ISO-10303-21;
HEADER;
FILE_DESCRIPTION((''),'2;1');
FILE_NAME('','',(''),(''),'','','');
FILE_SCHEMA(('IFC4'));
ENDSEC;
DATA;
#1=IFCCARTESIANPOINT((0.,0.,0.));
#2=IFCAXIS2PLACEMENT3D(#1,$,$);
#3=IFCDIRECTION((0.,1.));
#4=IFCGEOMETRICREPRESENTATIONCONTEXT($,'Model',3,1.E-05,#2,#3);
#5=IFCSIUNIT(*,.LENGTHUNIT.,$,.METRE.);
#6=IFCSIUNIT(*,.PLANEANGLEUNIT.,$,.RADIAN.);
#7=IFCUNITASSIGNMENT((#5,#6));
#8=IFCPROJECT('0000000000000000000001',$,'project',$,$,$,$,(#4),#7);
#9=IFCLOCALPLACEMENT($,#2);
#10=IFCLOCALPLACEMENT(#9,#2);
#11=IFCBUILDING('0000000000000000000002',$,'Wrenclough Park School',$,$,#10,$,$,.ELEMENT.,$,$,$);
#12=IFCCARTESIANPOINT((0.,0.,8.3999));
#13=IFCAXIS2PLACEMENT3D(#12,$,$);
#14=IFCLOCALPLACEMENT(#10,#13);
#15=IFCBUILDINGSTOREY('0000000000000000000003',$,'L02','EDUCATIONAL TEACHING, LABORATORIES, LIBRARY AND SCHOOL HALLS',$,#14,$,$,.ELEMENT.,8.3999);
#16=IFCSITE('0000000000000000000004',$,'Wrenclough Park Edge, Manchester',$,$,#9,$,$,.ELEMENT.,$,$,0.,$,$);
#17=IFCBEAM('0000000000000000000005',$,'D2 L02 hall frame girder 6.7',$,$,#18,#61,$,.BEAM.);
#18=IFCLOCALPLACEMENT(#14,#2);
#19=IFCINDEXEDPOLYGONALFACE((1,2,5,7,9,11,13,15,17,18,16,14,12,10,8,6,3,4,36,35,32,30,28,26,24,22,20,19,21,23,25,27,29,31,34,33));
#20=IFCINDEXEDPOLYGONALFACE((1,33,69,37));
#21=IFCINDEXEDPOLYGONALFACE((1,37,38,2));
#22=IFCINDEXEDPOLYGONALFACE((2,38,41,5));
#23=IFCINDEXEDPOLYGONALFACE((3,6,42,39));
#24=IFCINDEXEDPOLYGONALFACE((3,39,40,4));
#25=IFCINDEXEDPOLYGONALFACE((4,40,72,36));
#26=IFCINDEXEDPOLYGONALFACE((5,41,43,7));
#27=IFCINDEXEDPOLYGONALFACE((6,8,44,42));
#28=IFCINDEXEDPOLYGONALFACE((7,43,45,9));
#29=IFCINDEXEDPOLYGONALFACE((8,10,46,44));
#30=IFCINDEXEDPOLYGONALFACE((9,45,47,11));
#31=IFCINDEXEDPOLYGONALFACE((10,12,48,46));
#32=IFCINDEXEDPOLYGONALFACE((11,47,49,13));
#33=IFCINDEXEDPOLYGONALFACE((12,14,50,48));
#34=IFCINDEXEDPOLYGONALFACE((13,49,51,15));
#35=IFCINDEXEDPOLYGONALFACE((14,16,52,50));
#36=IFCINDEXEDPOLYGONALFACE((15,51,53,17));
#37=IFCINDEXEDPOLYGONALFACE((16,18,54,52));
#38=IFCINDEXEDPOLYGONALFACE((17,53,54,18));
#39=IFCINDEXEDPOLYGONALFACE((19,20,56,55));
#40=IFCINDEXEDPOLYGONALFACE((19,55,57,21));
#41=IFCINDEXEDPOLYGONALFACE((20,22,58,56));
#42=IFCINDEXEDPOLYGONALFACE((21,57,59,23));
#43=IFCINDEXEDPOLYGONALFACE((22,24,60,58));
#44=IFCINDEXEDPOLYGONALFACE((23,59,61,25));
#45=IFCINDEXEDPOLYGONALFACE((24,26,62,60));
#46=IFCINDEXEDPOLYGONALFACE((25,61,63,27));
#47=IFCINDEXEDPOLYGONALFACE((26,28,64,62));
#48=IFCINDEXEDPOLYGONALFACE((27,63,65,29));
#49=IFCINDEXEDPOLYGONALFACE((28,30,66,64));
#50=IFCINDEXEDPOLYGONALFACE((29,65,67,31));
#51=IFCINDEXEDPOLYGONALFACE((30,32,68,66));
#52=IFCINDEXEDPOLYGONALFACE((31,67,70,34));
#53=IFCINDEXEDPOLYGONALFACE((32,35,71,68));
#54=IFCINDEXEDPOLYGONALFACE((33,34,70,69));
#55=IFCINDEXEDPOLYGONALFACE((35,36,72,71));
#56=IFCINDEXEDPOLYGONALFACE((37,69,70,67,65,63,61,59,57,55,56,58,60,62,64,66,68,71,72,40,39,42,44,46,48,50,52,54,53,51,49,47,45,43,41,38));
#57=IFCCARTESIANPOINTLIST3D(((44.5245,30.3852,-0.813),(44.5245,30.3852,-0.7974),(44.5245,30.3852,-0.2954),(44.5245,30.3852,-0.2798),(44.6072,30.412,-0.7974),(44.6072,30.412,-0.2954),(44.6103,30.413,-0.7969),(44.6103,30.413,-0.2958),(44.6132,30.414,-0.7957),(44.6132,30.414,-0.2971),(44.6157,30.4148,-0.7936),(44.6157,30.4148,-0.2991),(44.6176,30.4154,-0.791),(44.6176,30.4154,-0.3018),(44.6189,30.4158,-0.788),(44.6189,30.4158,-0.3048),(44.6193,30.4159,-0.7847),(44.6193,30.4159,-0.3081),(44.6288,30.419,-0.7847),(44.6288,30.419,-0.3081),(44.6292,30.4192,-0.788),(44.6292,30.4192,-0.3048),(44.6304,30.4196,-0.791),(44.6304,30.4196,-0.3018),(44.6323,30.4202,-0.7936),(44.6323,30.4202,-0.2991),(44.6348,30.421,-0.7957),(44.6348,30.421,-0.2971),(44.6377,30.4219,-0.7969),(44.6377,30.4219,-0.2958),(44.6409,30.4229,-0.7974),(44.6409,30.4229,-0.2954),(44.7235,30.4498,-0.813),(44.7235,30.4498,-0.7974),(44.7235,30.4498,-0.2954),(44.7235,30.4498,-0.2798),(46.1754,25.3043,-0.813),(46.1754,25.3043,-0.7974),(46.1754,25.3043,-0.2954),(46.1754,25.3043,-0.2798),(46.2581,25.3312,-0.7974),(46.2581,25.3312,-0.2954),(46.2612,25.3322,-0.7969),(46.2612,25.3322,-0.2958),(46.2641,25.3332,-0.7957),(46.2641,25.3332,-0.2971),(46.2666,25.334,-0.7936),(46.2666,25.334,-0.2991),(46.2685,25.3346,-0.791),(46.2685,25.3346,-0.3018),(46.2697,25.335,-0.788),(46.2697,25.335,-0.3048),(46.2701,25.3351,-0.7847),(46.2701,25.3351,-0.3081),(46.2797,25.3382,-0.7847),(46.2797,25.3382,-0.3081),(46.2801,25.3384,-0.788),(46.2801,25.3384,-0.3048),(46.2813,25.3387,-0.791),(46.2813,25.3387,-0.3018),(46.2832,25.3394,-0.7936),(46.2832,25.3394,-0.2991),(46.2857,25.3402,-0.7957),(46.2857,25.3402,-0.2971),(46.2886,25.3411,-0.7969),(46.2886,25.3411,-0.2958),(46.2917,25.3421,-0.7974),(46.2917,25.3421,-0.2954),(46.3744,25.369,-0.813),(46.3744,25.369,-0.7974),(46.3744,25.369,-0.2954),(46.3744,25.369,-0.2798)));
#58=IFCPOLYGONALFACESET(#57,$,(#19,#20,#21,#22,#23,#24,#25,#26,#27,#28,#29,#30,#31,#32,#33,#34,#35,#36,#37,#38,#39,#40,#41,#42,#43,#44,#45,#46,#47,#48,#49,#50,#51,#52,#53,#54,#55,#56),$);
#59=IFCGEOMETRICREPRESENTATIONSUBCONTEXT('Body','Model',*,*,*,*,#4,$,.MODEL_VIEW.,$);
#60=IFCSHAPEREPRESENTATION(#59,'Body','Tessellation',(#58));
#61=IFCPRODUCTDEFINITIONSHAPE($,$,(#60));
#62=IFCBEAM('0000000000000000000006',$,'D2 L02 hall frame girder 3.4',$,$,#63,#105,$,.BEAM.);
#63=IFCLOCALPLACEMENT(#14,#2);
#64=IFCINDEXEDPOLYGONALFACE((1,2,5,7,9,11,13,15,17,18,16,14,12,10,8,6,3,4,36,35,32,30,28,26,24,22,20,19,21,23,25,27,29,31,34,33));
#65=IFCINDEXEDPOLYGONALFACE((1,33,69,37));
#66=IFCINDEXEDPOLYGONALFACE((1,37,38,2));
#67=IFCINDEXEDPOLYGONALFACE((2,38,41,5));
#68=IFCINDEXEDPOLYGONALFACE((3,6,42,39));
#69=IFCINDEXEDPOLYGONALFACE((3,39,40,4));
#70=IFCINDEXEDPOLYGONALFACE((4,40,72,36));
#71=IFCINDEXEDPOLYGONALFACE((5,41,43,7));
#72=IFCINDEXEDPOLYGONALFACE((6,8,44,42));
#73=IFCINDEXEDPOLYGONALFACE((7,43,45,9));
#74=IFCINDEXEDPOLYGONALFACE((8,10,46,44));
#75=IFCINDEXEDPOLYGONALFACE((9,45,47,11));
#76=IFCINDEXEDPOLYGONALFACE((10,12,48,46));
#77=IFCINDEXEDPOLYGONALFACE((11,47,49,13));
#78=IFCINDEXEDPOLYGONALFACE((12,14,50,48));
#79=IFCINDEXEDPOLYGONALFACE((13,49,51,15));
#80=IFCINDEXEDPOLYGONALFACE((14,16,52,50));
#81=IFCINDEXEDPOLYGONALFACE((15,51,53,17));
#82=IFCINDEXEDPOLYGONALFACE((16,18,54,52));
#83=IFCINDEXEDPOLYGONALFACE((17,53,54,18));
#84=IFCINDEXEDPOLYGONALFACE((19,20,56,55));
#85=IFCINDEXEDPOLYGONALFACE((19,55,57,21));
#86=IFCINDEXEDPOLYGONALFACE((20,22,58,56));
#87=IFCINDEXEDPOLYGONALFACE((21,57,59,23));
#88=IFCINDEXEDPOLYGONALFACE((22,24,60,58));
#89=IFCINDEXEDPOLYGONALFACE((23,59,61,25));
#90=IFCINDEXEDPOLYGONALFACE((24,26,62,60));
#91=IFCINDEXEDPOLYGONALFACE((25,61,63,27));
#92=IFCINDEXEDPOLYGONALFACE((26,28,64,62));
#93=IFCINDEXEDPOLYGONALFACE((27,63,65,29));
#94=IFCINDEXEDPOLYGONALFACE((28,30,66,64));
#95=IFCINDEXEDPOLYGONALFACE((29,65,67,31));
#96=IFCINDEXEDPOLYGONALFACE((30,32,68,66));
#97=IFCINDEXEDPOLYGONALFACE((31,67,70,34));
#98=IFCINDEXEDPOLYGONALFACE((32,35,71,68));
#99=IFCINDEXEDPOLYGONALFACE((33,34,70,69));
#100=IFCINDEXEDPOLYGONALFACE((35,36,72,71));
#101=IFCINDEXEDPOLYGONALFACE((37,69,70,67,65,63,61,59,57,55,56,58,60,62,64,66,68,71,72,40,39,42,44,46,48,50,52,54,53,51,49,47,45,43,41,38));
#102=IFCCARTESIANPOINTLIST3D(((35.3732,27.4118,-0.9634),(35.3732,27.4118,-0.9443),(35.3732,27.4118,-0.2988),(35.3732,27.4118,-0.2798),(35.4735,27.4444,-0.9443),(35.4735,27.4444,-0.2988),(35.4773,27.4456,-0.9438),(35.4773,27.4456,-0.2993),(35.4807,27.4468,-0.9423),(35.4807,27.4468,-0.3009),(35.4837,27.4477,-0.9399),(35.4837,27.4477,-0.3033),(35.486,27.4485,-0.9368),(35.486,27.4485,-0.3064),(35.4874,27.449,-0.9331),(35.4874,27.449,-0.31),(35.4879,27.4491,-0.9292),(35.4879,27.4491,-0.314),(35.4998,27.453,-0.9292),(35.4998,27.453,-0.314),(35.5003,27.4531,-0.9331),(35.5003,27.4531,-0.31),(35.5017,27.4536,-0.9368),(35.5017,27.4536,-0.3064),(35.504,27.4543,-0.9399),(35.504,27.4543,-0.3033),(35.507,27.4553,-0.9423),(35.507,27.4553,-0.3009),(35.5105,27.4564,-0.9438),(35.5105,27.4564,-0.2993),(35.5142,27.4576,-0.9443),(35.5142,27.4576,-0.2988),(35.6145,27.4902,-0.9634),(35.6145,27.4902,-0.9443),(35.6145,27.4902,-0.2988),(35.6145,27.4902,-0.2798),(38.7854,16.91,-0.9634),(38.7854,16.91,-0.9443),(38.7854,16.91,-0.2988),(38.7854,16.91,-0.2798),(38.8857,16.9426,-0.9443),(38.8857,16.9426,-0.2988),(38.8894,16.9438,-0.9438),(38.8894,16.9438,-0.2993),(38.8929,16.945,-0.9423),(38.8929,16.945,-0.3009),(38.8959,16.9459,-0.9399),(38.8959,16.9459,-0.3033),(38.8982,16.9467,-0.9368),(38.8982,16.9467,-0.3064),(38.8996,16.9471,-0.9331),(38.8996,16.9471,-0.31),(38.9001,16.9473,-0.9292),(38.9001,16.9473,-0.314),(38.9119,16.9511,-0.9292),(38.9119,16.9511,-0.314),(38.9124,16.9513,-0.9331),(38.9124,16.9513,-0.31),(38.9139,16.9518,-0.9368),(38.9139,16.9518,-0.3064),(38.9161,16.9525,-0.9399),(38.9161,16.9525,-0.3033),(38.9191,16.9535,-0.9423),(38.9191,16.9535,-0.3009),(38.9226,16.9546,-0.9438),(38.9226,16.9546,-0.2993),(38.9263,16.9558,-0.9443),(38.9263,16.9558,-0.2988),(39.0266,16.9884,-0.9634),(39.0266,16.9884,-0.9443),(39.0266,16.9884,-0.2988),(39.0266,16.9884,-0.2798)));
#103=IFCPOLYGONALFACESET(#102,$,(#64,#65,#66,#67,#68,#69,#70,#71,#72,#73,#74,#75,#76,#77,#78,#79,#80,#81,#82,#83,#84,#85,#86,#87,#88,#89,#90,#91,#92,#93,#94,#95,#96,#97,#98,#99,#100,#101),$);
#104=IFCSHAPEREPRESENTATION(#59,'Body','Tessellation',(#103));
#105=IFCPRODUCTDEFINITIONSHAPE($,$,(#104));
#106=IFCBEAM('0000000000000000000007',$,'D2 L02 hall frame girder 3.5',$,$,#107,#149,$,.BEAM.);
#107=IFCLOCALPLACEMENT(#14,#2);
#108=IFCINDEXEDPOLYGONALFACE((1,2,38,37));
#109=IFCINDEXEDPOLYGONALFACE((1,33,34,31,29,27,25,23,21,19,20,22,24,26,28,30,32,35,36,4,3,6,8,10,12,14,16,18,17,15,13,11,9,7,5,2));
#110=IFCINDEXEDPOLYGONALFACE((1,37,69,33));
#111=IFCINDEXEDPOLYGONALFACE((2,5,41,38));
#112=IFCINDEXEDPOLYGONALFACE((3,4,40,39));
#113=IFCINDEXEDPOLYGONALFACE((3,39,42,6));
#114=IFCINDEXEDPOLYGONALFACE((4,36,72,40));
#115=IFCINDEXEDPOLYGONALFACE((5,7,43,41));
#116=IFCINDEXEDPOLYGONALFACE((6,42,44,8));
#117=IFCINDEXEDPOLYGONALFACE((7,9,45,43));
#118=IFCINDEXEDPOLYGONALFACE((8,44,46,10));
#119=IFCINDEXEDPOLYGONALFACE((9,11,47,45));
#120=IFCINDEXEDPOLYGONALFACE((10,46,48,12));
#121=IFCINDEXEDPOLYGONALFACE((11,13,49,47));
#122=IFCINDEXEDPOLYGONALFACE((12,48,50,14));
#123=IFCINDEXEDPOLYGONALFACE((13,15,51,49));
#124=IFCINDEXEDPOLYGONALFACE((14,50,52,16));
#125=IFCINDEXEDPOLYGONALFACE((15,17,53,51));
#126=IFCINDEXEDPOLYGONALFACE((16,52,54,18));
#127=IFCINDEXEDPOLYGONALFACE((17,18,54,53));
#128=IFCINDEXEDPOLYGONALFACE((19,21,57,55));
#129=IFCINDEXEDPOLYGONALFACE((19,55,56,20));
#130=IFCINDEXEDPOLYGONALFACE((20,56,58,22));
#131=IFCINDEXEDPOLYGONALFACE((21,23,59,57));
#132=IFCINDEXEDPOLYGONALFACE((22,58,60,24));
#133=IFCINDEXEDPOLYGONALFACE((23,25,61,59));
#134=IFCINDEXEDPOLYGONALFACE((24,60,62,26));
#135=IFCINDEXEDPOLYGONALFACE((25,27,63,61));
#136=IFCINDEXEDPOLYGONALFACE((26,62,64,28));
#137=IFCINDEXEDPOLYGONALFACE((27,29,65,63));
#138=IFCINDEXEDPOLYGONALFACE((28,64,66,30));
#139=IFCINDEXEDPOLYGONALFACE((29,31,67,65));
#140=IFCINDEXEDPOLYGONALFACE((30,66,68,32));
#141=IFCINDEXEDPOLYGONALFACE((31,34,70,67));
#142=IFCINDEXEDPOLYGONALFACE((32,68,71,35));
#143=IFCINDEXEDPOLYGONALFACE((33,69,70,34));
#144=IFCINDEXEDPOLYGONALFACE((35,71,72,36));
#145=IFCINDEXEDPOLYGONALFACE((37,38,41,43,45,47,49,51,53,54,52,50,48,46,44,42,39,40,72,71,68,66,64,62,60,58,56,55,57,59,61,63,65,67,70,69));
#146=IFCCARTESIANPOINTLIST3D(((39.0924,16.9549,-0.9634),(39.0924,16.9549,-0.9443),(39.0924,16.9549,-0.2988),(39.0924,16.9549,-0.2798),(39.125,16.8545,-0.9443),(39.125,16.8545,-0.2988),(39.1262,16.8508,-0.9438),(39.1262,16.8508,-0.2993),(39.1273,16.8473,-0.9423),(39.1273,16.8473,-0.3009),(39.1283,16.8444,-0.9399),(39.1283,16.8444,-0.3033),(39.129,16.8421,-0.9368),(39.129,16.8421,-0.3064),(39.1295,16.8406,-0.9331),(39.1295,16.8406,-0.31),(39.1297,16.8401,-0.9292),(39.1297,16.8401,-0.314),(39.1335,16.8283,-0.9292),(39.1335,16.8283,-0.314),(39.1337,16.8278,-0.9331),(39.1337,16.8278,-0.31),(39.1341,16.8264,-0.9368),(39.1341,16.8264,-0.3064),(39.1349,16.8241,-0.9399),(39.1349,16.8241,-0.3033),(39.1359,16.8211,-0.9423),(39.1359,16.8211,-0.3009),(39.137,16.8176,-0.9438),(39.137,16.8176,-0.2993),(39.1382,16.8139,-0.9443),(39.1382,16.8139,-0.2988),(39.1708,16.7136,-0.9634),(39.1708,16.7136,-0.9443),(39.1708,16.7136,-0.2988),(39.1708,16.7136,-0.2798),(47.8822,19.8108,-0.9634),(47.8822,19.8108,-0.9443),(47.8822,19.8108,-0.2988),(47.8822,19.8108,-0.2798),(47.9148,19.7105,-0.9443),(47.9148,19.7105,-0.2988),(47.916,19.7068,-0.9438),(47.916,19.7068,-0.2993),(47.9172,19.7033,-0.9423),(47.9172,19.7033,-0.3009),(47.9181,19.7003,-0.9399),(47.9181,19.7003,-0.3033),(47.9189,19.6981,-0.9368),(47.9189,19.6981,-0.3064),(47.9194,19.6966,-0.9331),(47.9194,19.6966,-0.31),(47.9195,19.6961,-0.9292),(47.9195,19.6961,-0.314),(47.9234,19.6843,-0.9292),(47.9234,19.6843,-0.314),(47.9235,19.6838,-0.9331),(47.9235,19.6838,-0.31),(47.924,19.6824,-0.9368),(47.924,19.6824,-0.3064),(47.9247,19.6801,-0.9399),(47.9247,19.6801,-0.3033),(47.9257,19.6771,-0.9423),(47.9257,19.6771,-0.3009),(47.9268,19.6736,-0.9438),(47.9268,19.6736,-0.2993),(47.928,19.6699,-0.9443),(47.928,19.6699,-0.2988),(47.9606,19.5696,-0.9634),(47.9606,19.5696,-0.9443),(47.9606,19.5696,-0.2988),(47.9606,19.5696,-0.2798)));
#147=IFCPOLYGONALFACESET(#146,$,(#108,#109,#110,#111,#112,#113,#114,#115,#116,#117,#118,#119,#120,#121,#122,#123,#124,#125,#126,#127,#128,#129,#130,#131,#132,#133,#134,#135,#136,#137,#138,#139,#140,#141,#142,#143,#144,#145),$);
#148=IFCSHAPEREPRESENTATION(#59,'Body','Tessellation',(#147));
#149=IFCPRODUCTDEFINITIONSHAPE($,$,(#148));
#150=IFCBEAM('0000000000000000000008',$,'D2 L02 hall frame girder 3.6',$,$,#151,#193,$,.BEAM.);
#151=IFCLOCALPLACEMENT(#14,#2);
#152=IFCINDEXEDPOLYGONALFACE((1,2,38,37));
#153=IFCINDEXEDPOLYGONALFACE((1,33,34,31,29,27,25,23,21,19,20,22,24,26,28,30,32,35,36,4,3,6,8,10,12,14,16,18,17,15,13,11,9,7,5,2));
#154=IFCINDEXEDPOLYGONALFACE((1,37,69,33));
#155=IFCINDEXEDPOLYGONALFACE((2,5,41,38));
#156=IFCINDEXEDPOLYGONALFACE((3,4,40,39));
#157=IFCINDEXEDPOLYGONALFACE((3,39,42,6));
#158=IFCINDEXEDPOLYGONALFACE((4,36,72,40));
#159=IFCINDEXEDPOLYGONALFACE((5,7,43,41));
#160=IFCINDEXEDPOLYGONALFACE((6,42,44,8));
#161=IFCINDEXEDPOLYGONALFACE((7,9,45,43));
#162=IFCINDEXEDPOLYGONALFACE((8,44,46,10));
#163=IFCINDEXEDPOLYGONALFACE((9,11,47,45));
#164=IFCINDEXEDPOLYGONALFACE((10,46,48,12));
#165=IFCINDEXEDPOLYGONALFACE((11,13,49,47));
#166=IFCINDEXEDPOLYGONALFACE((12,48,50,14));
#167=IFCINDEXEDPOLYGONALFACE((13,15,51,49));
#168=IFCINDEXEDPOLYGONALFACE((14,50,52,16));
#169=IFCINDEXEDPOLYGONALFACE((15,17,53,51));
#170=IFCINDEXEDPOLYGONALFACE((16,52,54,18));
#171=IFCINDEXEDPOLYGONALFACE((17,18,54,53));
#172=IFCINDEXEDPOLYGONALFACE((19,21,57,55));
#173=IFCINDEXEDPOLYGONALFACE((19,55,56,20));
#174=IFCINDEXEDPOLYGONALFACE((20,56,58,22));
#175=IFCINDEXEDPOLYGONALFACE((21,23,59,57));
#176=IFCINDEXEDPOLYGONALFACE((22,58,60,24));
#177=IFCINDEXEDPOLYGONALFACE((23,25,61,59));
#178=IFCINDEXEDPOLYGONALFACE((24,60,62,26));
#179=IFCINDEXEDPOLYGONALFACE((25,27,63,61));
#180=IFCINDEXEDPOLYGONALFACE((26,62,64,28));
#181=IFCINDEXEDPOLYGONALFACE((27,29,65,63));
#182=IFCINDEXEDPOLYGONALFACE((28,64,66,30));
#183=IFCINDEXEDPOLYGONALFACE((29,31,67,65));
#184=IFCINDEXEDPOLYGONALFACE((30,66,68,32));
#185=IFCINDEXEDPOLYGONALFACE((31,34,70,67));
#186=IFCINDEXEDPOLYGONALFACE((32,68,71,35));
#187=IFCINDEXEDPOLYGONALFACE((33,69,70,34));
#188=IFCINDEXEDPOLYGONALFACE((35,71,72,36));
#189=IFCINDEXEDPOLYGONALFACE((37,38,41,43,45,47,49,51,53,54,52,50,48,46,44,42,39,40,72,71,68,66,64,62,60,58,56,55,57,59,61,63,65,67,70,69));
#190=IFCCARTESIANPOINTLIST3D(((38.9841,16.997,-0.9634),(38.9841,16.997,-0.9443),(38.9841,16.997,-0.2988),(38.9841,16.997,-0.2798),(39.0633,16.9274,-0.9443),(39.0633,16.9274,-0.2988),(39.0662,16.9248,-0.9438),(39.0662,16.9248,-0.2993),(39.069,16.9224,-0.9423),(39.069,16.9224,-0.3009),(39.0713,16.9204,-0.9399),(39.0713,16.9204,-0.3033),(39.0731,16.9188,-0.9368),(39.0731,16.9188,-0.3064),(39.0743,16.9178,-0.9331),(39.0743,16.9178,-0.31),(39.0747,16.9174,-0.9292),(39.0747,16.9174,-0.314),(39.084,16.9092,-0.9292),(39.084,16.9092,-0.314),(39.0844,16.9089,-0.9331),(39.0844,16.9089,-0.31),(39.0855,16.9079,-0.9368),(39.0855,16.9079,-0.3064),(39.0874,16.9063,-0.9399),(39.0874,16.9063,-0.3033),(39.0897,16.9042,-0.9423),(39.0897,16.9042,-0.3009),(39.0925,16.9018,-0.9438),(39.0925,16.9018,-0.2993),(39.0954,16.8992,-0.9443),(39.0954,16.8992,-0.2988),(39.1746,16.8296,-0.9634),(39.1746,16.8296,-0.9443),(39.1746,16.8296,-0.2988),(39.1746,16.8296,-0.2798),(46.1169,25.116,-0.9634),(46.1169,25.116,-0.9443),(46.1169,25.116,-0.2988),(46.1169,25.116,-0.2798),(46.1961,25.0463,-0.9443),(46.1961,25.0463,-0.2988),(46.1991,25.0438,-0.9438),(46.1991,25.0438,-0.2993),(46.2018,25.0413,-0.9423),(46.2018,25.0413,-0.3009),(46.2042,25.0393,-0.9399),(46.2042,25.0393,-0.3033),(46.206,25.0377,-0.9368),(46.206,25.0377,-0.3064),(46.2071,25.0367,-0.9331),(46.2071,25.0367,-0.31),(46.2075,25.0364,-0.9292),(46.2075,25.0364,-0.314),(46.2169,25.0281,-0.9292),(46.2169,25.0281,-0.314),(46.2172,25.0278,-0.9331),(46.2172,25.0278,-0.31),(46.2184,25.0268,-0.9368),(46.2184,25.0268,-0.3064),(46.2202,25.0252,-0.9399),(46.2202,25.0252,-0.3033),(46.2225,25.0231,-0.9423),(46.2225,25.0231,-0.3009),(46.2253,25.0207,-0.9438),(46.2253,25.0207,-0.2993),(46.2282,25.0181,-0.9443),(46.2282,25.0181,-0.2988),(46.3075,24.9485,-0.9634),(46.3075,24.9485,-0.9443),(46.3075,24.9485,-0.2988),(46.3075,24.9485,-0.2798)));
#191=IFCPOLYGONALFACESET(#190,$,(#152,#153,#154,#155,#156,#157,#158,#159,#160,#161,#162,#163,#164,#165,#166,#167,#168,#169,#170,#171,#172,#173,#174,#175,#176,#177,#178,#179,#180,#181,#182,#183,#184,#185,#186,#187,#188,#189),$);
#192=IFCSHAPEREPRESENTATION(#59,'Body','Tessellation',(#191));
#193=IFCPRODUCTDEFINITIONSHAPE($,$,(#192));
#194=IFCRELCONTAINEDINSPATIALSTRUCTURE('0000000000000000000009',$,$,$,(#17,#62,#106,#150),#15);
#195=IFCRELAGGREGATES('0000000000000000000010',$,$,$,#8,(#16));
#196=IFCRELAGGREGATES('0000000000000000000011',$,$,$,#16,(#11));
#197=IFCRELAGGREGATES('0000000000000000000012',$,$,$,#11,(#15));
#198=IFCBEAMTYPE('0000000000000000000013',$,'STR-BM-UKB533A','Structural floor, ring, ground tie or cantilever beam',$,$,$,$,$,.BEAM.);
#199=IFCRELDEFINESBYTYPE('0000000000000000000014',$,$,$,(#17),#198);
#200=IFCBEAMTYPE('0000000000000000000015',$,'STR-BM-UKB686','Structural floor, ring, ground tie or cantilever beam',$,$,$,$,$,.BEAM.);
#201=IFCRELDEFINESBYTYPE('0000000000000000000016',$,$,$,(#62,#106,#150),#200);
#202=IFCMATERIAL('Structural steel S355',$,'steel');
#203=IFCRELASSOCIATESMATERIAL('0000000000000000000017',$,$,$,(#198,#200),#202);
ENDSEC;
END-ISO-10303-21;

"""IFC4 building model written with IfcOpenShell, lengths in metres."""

from ifc_helpers import new_model, si_unit, direction, frame, origin, origin_2d, place, context, subcontext, project, spatial, i_section, extrude, material, material_profile, profile_set, type_object, element, save


model = new_model("IFC4")

# Units and contexts
model_context = context("Model", 3, precision=1e-05, world=origin(), true_north=direction((0.0, 1.0)))
body_context = subcontext(model_context, "Body", "Model", "MODEL_VIEW")
ifc_project = project(units=[si_unit("LENGTHUNIT", "METRE"), si_unit("PLANEANGLEUNIT", "RADIAN")], contexts=[model_context])

# Site, building, storey
site_placement = place(None, origin())
site = spatial("IfcSite", under=ifc_project, at=site_placement, Name="Wrenclough Park Edge, Manchester", CompositionType="ELEMENT", RefElevation=0.0)
building_placement = place(site_placement, origin())
building = spatial("IfcBuilding", under=site, at=building_placement, Name="Wrenclough Park School", CompositionType="ELEMENT")
storey_placement = place(building_placement, frame((0.0, 0.0, 8.3999)))
storey = spatial("IfcBuildingStorey", under=building, at=storey_placement, Name="L02", Description="EDUCATIONAL TEACHING, LABORATORIES, LIBRARY AND SCHOOL HALLS", CompositionType="ELEMENT", Elevation=8.3999)

# Shared definitions
ifc_material_1 = material(Name="Structural steel S355", Category="steel")

# Beams
ifc_material_profile_1 = material_profile(ifc_material_1, i_section(OverallWidth=0.2092, OverallDepth=0.5332, WebThickness=0.01, FlangeThickness=0.0156, FilletRadius=0.0127, at=origin_2d()), Name="UKB 533x210x92")
ifc_profile_set_1 = profile_set([ifc_material_profile_1], Name="Structural steel S355")
beam_type_1 = type_object("IfcBeamType", Name="STR-BM-UKB533A", Description="Structural floor, ring, ground tie or cantilever beam", PredefinedType="BEAM", material=ifc_profile_set_1)
beam_1_placement = place(storey_placement, frame((46.2749, 25.3367, -0.5464), z_axis=(-0.309021, 0.951055, 0.0), x_axis=(-0.951055, -0.309021, 0.0)))
element("IfcBeam", 1, at=beam_1_placement, inside=storey, type_object=beam_type_1, Name="D2 L02 hall frame girder 6.7", PredefinedType="BEAM", context=body_context, shape_type="SweptSolid", body=[
    extrude(i_section(OverallWidth=0.2092, OverallDepth=0.5332, WebThickness=0.01, FlangeThickness=0.0156, FilletRadius=0.0127, at=origin_2d()), origin(), (0.0, 0.0, 1.0), 5.3423),
])
ifc_material_profile_2 = material_profile(ifc_material_1, i_section(OverallWidth=0.2537, OverallDepth=0.6836, WebThickness=0.0125, FlangeThickness=0.019, FilletRadius=0.0151, at=origin_2d()), Name="UKB 686x254x140")
ifc_profile_set_2 = profile_set([ifc_material_profile_2], Name="Structural steel S355")
beam_type_2 = type_object("IfcBeamType", Name="STR-BM-UKB686", Description="Structural floor, ring, ground tie or cantilever beam", PredefinedType="BEAM", material=ifc_profile_set_2)
beam_2_placement = place(storey_placement, frame((38.906, 16.9492, -0.6216), z_axis=(-0.309009, 0.951059, 0.0), x_axis=(-0.951059, -0.309009, 0.0)))
element("IfcBeam", 2, at=beam_2_placement, inside=storey, type_object=beam_type_2, Name="D2 L02 hall frame girder 3.4", PredefinedType="BEAM", context=body_context, shape_type="SweptSolid", body=[
    extrude(i_section(OverallWidth=0.2537, OverallDepth=0.6836, WebThickness=0.0125, FlangeThickness=0.019, FilletRadius=0.0151, at=origin_2d()), origin(), (0.0, 0.0, 1.0), 11.0422),
])
beam_3_placement = place(storey_placement, frame((39.1316, 16.8342, -0.6216), z_axis=(0.951057, 0.309015, 0.0), x_axis=(-0.309015, 0.951057, 0.0)))
element("IfcBeam", 3, at=beam_3_placement, inside=storey, type_object=beam_type_2, Name="D2 L02 hall frame girder 3.5", PredefinedType="BEAM", context=body_context, shape_type="SweptSolid", body=[
    extrude(i_section(OverallWidth=0.2537, OverallDepth=0.6836, WebThickness=0.0125, FlangeThickness=0.019, FilletRadius=0.0151, at=origin_2d()), origin(), (0.0, 0.0, 1.0), 9.2422),
])
beam_4_placement = place(storey_placement, frame((39.0793, 16.9133, -0.6216), z_axis=(0.660011, 0.751256, 0.0), x_axis=(-0.751256, 0.660011, 0.0)))
element("IfcBeam", 4, at=beam_4_placement, inside=storey, type_object=beam_type_2, Name="D2 L02 hall frame girder 3.6", PredefinedType="BEAM", context=body_context, shape_type="SweptSolid", body=[
    extrude(i_section(OverallWidth=0.2537, OverallDepth=0.6836, WebThickness=0.0125, FlangeThickness=0.019, FilletRadius=0.0151, at=origin_2d()), origin(), (0.0, 0.0, 1.0), 10.8071),
])

save(model, "model.ifc")
